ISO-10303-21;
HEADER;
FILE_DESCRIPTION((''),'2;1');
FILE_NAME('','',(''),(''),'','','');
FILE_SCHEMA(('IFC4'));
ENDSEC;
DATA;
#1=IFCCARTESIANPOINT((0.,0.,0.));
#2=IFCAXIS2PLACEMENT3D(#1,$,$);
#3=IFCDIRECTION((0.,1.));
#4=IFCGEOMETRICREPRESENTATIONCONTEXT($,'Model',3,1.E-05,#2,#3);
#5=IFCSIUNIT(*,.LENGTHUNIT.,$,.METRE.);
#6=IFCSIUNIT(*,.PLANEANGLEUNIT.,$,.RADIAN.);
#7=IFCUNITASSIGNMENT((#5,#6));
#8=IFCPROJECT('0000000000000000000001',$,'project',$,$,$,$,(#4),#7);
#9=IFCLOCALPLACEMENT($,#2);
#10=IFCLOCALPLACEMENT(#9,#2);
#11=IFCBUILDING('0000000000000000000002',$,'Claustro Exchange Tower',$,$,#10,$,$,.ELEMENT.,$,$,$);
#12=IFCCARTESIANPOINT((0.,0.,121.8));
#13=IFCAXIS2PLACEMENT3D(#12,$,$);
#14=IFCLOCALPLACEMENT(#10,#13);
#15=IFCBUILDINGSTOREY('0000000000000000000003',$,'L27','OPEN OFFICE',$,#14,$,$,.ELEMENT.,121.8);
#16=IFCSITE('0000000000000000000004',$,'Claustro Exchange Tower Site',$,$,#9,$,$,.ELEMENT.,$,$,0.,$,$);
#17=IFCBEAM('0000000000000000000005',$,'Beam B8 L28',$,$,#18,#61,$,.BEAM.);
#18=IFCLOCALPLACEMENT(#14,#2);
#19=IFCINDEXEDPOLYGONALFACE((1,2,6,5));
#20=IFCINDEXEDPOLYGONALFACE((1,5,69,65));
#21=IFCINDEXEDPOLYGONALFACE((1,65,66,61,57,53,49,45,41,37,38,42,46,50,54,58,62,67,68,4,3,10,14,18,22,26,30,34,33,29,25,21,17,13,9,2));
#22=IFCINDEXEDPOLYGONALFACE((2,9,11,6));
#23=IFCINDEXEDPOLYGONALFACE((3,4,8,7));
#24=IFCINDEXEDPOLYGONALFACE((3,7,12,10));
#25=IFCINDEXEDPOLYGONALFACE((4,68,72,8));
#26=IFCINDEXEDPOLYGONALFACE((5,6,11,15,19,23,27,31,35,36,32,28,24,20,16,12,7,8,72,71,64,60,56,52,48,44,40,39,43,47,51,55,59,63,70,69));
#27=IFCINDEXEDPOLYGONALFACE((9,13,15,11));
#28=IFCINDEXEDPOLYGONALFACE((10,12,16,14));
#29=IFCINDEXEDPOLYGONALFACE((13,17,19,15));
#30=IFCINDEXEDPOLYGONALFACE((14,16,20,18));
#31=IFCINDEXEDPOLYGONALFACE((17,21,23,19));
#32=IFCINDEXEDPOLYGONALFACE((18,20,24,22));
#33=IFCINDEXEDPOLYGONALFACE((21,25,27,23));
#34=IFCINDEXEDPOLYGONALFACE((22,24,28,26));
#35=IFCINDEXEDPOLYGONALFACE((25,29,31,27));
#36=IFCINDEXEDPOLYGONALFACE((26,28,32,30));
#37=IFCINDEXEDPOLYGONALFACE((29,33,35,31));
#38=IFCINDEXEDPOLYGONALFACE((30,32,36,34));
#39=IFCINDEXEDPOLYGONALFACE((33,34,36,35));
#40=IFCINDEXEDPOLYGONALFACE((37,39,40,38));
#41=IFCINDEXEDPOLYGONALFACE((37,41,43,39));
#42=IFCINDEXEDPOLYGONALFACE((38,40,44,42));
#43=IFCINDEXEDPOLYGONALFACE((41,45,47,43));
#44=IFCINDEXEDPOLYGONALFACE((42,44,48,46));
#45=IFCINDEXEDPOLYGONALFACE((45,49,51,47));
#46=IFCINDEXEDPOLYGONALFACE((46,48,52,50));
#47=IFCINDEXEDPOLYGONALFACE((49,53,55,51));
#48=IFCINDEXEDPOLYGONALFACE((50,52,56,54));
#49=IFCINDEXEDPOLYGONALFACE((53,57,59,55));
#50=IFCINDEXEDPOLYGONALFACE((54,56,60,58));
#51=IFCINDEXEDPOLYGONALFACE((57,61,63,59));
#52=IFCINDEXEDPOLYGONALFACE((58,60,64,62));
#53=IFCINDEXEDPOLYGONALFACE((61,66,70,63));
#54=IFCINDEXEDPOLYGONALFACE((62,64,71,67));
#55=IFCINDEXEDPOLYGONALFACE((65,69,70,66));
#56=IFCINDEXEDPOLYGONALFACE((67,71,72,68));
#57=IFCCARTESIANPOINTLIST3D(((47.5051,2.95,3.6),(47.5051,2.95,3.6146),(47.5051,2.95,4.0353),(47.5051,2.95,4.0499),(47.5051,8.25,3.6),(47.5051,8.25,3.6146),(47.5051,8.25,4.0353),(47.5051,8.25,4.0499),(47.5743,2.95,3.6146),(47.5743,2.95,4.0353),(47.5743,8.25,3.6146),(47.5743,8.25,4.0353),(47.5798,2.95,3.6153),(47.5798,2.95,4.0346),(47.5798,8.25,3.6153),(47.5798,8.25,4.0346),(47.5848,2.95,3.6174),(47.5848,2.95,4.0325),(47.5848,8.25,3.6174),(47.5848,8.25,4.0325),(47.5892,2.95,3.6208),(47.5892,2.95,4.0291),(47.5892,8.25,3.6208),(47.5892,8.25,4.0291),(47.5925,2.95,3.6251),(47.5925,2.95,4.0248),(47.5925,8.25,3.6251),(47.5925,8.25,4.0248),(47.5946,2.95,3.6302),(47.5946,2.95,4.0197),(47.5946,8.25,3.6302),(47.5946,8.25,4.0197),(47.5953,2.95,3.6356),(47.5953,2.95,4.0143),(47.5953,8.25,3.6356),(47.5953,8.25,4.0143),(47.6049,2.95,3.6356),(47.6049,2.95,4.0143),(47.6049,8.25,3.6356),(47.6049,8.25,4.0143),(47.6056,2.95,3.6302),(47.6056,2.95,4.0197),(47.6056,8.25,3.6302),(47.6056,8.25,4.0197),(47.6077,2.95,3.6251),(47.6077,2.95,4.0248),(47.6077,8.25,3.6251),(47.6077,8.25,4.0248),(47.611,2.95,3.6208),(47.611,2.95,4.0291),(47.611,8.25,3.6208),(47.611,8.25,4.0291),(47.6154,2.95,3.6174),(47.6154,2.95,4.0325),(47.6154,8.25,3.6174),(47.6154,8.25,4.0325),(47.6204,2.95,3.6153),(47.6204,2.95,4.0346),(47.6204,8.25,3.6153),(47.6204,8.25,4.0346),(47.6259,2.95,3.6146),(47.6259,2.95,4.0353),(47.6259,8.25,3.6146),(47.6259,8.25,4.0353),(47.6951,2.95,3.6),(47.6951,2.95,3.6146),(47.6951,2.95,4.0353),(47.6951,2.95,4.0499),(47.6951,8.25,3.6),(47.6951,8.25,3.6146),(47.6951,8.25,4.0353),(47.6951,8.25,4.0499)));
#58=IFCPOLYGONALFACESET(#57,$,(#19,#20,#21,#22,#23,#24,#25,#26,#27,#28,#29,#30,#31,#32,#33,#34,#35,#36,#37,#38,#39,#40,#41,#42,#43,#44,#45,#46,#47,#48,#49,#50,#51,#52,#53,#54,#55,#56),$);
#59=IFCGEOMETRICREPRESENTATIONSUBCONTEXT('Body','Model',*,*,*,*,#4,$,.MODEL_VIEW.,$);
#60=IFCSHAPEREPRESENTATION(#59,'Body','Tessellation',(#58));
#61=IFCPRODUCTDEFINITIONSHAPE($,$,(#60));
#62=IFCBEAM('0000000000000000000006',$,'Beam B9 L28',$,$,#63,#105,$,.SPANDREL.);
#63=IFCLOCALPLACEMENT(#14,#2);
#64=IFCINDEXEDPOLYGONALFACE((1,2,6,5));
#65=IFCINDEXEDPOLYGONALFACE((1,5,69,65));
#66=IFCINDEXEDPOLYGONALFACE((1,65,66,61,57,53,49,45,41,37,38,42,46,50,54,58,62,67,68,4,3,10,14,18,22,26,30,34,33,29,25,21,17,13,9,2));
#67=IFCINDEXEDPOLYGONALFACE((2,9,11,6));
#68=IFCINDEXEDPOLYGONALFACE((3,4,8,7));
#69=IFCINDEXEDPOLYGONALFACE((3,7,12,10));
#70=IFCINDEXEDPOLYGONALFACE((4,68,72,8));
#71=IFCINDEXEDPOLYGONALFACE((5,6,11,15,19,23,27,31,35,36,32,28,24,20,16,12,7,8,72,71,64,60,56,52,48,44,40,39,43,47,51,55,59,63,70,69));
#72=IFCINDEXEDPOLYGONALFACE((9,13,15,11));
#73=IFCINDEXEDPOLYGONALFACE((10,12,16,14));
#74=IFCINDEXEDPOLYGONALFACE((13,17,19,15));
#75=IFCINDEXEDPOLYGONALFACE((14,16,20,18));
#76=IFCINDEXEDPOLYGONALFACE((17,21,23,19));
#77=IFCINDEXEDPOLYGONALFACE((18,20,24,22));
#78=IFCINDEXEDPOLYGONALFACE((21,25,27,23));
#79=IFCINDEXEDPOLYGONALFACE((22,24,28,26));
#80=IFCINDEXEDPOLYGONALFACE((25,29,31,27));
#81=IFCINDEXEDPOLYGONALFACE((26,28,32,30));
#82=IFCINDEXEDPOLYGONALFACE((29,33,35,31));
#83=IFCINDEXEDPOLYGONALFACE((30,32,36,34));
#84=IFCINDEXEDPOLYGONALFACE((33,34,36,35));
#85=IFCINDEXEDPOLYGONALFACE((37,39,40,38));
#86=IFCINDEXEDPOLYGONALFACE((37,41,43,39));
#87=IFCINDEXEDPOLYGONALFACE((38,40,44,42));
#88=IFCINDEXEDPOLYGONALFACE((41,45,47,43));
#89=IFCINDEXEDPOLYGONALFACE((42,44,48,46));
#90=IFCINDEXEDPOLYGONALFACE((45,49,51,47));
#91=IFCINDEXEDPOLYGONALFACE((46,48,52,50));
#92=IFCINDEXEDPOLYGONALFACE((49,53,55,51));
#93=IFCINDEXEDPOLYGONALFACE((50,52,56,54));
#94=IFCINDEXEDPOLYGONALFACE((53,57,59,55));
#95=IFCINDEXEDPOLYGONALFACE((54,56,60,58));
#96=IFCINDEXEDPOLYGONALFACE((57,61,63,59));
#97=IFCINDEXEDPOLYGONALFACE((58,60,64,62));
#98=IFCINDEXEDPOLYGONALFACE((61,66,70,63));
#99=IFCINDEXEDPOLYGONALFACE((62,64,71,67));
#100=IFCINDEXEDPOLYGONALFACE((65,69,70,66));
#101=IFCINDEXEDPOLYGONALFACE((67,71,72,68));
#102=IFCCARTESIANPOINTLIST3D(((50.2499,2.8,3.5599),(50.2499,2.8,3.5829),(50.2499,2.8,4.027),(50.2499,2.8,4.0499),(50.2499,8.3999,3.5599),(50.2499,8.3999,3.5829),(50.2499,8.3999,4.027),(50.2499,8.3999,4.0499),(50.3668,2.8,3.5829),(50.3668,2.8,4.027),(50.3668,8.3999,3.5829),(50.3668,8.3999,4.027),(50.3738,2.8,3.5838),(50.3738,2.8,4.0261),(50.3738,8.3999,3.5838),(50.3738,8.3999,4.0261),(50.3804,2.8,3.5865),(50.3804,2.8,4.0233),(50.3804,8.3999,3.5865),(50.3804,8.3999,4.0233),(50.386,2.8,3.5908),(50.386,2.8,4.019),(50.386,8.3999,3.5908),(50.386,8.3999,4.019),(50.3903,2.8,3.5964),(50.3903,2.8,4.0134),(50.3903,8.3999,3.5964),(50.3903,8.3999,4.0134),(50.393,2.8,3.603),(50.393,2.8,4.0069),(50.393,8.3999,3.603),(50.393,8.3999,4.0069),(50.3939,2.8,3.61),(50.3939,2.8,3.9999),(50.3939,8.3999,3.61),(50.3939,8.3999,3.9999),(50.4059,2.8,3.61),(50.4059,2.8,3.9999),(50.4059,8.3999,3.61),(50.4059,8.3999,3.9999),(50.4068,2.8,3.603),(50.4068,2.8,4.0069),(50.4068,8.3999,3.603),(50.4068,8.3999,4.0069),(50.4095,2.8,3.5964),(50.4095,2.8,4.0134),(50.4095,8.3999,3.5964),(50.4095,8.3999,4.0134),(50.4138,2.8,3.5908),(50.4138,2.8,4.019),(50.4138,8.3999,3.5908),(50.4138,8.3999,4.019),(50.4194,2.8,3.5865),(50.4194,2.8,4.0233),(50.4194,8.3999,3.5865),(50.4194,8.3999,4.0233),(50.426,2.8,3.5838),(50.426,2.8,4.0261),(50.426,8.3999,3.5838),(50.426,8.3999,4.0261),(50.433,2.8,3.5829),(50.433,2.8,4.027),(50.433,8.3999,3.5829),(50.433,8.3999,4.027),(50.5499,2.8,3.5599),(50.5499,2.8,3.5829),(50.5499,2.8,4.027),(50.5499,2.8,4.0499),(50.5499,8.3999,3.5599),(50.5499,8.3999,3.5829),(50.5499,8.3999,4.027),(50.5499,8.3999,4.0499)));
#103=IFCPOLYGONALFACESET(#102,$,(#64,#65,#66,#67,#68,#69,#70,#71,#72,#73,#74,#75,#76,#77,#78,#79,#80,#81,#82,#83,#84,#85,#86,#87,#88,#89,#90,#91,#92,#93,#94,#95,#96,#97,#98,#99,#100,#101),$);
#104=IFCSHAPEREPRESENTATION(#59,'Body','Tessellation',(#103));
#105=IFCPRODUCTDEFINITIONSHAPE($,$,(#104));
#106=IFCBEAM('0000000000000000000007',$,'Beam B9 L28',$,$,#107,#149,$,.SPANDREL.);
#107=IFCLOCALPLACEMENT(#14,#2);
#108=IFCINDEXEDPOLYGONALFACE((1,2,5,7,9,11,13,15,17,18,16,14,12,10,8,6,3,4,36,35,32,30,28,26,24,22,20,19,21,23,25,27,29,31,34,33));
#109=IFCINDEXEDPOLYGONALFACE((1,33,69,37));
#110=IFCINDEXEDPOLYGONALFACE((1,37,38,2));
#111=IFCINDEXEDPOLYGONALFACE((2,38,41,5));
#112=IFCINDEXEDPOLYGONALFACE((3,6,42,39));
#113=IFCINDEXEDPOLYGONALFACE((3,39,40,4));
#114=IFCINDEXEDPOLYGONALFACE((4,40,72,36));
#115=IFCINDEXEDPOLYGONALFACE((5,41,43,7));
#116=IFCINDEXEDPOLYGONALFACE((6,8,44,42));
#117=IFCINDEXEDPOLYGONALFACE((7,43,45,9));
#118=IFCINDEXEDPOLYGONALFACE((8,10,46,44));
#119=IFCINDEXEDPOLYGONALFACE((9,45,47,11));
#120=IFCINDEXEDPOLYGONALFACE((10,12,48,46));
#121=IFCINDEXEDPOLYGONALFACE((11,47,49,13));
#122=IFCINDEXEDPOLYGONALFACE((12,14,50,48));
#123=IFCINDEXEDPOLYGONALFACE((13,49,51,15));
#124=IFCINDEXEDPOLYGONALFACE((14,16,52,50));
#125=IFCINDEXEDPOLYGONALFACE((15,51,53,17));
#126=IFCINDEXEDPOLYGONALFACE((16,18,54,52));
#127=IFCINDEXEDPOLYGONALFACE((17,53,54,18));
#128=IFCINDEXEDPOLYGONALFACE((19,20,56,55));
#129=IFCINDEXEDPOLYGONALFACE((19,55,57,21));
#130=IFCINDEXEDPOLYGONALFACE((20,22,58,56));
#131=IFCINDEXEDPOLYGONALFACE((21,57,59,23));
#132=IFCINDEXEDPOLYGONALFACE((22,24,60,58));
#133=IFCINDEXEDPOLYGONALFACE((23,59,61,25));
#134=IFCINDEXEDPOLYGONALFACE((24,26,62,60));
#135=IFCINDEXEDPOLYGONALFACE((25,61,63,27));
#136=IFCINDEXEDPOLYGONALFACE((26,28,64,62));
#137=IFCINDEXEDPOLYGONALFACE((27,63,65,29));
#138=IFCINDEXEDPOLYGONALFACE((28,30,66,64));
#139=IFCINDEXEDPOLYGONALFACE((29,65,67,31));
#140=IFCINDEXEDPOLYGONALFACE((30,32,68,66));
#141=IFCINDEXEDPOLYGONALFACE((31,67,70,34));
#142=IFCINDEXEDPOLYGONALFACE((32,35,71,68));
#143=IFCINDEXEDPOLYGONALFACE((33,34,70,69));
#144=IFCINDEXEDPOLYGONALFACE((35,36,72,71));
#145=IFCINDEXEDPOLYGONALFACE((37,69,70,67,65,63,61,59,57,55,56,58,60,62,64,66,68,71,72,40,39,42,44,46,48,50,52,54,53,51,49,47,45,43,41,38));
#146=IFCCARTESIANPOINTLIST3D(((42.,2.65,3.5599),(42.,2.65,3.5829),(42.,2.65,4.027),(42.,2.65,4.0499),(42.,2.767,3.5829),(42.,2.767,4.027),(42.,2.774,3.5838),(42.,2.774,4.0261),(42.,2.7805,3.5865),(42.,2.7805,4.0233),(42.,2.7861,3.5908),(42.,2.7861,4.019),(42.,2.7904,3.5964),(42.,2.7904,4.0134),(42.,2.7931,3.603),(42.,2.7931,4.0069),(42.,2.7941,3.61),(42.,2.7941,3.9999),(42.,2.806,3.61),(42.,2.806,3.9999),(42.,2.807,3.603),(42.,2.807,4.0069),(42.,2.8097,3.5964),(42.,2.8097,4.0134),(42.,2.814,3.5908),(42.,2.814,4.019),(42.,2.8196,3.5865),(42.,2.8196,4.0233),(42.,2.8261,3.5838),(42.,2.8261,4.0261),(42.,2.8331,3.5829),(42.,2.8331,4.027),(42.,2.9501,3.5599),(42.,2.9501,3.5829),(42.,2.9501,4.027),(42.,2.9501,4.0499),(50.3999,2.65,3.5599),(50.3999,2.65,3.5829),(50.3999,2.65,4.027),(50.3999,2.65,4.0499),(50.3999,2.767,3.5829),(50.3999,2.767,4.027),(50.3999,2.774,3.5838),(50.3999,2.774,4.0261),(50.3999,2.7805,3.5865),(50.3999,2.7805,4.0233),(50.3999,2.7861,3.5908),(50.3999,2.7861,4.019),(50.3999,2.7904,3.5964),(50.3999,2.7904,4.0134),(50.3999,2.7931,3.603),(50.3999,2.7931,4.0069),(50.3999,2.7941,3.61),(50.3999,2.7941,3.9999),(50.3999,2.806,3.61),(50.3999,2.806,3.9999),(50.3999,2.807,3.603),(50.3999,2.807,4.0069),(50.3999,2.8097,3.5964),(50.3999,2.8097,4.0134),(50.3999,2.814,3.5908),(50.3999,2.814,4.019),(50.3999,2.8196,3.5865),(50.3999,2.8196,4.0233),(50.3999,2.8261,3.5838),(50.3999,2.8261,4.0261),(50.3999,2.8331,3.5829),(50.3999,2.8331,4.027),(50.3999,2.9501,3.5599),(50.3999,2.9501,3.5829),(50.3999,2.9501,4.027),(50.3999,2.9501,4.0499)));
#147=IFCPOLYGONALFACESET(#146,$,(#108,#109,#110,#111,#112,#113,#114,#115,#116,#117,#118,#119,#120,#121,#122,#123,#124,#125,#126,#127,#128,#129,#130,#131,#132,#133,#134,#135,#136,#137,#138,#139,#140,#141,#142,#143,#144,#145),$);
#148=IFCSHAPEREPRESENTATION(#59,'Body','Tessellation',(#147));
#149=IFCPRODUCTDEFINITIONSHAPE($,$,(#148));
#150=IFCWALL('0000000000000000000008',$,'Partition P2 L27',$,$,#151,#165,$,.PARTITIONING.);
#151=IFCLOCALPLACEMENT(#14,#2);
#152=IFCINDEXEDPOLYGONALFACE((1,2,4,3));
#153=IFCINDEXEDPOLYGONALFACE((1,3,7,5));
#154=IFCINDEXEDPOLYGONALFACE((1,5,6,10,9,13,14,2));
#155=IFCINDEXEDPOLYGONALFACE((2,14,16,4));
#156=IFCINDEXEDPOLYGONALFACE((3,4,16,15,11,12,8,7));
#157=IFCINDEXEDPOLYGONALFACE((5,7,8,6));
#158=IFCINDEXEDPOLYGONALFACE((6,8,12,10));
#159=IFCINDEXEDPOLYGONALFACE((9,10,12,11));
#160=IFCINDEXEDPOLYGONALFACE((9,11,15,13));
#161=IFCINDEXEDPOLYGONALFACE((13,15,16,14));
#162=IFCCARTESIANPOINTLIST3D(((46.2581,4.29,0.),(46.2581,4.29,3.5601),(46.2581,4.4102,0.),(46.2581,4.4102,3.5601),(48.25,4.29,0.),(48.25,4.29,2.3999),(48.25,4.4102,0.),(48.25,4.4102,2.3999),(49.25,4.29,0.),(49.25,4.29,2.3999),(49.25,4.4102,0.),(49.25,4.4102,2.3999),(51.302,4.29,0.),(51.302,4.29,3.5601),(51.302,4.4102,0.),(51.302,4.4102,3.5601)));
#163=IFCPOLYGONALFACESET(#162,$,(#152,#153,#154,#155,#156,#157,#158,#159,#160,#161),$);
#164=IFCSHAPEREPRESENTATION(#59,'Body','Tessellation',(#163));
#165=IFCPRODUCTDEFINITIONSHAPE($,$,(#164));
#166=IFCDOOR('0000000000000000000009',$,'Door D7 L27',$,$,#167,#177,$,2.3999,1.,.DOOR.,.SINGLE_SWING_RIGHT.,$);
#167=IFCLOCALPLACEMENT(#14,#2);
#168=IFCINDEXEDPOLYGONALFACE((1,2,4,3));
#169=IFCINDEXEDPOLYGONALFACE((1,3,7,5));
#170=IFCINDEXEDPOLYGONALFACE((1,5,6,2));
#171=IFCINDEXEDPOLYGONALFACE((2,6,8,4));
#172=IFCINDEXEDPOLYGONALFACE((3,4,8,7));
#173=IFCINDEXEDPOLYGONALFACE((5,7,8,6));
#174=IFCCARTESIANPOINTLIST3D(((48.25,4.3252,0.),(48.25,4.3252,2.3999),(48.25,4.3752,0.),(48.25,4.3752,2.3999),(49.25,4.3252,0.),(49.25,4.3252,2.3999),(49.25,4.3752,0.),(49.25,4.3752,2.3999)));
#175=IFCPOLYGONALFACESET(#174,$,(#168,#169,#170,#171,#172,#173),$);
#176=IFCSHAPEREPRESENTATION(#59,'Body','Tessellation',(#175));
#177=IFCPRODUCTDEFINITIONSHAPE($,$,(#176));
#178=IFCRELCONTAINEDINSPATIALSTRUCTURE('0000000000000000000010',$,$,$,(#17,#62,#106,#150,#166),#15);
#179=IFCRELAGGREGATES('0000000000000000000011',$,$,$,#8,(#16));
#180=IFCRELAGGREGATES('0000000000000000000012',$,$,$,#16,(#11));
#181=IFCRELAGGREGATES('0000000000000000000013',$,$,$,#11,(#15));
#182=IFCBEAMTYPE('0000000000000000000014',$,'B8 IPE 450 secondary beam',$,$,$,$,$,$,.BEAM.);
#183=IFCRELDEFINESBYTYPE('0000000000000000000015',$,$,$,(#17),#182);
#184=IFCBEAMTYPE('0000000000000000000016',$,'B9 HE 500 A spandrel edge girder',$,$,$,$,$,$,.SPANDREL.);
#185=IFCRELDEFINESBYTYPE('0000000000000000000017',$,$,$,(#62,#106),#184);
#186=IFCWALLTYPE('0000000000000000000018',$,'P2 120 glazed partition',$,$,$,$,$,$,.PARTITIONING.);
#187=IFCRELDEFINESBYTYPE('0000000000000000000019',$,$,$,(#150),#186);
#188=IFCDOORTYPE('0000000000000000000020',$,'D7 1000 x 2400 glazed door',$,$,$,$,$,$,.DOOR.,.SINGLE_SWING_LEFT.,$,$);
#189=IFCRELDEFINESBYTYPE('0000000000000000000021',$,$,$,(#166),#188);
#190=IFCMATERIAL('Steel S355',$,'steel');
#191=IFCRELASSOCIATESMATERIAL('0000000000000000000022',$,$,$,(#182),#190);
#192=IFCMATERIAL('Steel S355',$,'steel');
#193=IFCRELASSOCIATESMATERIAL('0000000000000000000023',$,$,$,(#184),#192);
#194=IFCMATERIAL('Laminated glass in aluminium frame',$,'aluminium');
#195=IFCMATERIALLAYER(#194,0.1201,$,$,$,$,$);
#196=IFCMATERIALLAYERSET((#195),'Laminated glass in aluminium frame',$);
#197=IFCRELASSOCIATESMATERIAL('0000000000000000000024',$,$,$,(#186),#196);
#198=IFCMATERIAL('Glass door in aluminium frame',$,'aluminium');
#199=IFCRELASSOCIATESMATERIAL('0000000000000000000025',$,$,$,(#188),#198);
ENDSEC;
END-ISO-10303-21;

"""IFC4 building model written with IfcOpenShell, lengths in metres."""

from ifc_helpers import new_model, si_unit, direction, frame, frame_2d, origin, origin_2d, place, context, subcontext, project, spatial, rectangle, i_section, extrude, material, layer, layer_set, material_profile, profile_set, type_object, element, fill, save


model = new_model("IFC4")

# Units and contexts
model_context = context("Model", 3, precision=1e-05, world=origin(), true_north=direction((0.0, 1.0)))
body_context = subcontext(model_context, "Body", "Model", "MODEL_VIEW")
ifc_project = project(units=[si_unit("LENGTHUNIT", "METRE"), si_unit("PLANEANGLEUNIT", "RADIAN")], contexts=[model_context])

# Site, building, storey
site_placement = place(None, origin())
site = spatial("IfcSite", under=ifc_project, at=site_placement, Name="Claustro Exchange Tower Site", CompositionType="ELEMENT", RefElevation=0.0)
building_placement = place(site_placement, origin())
building = spatial("IfcBuilding", under=site, at=building_placement, Name="Claustro Exchange Tower", CompositionType="ELEMENT")
storey_placement = place(building_placement, frame((0.0, 0.0, 121.8)))
storey = spatial("IfcBuildingStorey", under=building, at=storey_placement, Name="L27", Description="OPEN OFFICE", CompositionType="ELEMENT", Elevation=121.8)

# Beams
ifc_material_1 = material(Name="Steel S355", Category="steel")
ifc_material_profile_1 = material_profile(ifc_material_1, i_section(OverallWidth=0.1899, OverallDepth=0.45, WebThickness=0.0095, FlangeThickness=0.0146, FilletRadius=0.021, at=origin_2d()), Name="IPE 450")
ifc_profile_set_1 = profile_set([ifc_material_profile_1], Name="Steel S355")
beam_type_1 = type_object("IfcBeamType", Name="B8 IPE 450 secondary beam", PredefinedType="BEAM", material=ifc_profile_set_1)
for number, where, z_axis, x_axis, name in (
    (1, (47.6001, 2.95, 3.825), (0.0, 1.0, 0.0), (-1.0, 0.0, 0.0), "Beam B8 L28"),
):
    element("IfcBeam", number, at=place(storey_placement, frame(where, z_axis=z_axis, x_axis=x_axis)), inside=storey, type_object=beam_type_1, Name=name, PredefinedType="BEAM", context=body_context, shape_type="SweptSolid", body=[
        extrude(i_section(OverallWidth=0.1899, OverallDepth=0.45, WebThickness=0.0095, FlangeThickness=0.0146, FilletRadius=0.021, at=origin_2d()), origin(), (0.0, 0.0, 1.0), 5.3),
    ])
ifc_material_2 = material(Name="Steel S355", Category="steel")
ifc_material_profile_2 = material_profile(ifc_material_2, i_section(OverallWidth=0.3, OverallDepth=0.49, WebThickness=0.012, FlangeThickness=0.0229, FilletRadius=0.0271, at=origin_2d()), Name="HE 500 A")
ifc_profile_set_2 = profile_set([ifc_material_profile_2], Name="Steel S355")
beam_type_2 = type_object("IfcBeamType", Name="B9 HE 500 A spandrel edge girder", PredefinedType="SPANDREL", material=ifc_profile_set_2)
beam_1_placement = place(storey_placement, frame((50.3999, 2.8, 3.8049), z_axis=(0.0, 1.0, 0.0), x_axis=(-1.0, 0.0, 0.0)))
element("IfcBeam", 2, at=beam_1_placement, inside=storey, type_object=beam_type_2, Name="Beam B9 L28", PredefinedType="SPANDREL", context=body_context, shape_type="SweptSolid", body=[
    extrude(i_section(OverallWidth=0.3, OverallDepth=0.49, WebThickness=0.012, FlangeThickness=0.0229, FilletRadius=0.0271, at=origin_2d()), origin(), (0.0, 0.0, 1.0), 5.5999),
])
beam_2_placement = place(storey_placement, frame((42.0, 2.8, 3.8049), z_axis=(1.0, 0.0, 0.0), x_axis=(0.0, 1.0, 0.0)))
element("IfcBeam", 3, at=beam_2_placement, inside=storey, type_object=beam_type_2, Name="Beam B9 L28", PredefinedType="SPANDREL", context=body_context, shape_type="SweptSolid", body=[
    extrude(i_section(OverallWidth=0.3, OverallDepth=0.49, WebThickness=0.012, FlangeThickness=0.0229, FilletRadius=0.0271, at=origin_2d()), origin(), (0.0, 0.0, 1.0), 8.3999),
])

# Wall, opening, door
ifc_material_3 = material(Name="Laminated glass in aluminium frame", Category="aluminium")
ifc_layer_1 = layer(ifc_material_3, 0.1201)
ifc_layer_set_1 = layer_set([ifc_layer_1], Name="Laminated glass in aluminium frame")
wall_type_1 = type_object("IfcWallType", Name="P2 120 glazed partition", PredefinedType="PARTITIONING", material=ifc_layer_set_1)
wall_1_placement = place(storey_placement, frame((46.2581, 4.3501, 0.0), z_axis=(0.0, 0.0, 1.0), x_axis=(1.0, 0.0, 0.0)))
wall_1 = element("IfcWall", 4, at=wall_1_placement, inside=storey, type_object=wall_type_1, Name="Partition P2 L27", PredefinedType="PARTITIONING", context=body_context, shape_type="SweptSolid", body=[
    extrude(rectangle(XDim=5.0439, YDim=0.1201, at=frame_2d((2.522, 0.0))), origin(), (0.0, 0.0, 1.0), 3.5601),
])
opening_1_placement = place(wall_1_placement, frame((1.9919, 0.0, 0.0)))
opening_1 = element("IfcOpeningElement", 5, at=opening_1_placement, cuts=wall_1, PredefinedType="OPENING", context=body_context, shape_type="SweptSolid", body=[
    extrude(rectangle(XDim=1.0, YDim=2.3999, at=frame_2d((0.5, 1.2))), frame((0.0, 0.0701, 0.0), z_axis=(0.0, -1.0, 0.0), x_axis=(1.0, 0.0, 0.0)), (0.0, 0.0, 1.0), 0.1401),
])
ifc_material_4 = material(Name="Glass door in aluminium frame", Category="aluminium")
door_type_1 = type_object("IfcDoorType", Name="D7 1000 x 2400 glazed door", OperationType="SINGLE_SWING_LEFT", PredefinedType="DOOR", material=ifc_material_4)
door_1_placement = place(opening_1_placement, frame((1.0, 0.0, 0.0), z_axis=(0.0, 0.0, 1.0), x_axis=(-1.0, 0.0, 0.0)))
door_1 = element("IfcDoor", 6, at=door_1_placement, inside=storey, type_object=door_type_1, Name="Door D7 L27", OperationType="SINGLE_SWING_RIGHT", OverallHeight=2.3999, OverallWidth=1.0, PredefinedType="DOOR", context=body_context, shape_type="SweptSolid", body=[
    extrude(rectangle(XDim=1.0, YDim=2.3999, at=frame_2d((0.5, 1.2))), frame((0.0, 0.0249, 0.0), z_axis=(0.0, -1.0, 0.0), x_axis=(1.0, 0.0, 0.0)), (0.0, 0.0, 1.0), 0.05),
])
fill(opening_1, door_1)

save(model, "model.ifc")
